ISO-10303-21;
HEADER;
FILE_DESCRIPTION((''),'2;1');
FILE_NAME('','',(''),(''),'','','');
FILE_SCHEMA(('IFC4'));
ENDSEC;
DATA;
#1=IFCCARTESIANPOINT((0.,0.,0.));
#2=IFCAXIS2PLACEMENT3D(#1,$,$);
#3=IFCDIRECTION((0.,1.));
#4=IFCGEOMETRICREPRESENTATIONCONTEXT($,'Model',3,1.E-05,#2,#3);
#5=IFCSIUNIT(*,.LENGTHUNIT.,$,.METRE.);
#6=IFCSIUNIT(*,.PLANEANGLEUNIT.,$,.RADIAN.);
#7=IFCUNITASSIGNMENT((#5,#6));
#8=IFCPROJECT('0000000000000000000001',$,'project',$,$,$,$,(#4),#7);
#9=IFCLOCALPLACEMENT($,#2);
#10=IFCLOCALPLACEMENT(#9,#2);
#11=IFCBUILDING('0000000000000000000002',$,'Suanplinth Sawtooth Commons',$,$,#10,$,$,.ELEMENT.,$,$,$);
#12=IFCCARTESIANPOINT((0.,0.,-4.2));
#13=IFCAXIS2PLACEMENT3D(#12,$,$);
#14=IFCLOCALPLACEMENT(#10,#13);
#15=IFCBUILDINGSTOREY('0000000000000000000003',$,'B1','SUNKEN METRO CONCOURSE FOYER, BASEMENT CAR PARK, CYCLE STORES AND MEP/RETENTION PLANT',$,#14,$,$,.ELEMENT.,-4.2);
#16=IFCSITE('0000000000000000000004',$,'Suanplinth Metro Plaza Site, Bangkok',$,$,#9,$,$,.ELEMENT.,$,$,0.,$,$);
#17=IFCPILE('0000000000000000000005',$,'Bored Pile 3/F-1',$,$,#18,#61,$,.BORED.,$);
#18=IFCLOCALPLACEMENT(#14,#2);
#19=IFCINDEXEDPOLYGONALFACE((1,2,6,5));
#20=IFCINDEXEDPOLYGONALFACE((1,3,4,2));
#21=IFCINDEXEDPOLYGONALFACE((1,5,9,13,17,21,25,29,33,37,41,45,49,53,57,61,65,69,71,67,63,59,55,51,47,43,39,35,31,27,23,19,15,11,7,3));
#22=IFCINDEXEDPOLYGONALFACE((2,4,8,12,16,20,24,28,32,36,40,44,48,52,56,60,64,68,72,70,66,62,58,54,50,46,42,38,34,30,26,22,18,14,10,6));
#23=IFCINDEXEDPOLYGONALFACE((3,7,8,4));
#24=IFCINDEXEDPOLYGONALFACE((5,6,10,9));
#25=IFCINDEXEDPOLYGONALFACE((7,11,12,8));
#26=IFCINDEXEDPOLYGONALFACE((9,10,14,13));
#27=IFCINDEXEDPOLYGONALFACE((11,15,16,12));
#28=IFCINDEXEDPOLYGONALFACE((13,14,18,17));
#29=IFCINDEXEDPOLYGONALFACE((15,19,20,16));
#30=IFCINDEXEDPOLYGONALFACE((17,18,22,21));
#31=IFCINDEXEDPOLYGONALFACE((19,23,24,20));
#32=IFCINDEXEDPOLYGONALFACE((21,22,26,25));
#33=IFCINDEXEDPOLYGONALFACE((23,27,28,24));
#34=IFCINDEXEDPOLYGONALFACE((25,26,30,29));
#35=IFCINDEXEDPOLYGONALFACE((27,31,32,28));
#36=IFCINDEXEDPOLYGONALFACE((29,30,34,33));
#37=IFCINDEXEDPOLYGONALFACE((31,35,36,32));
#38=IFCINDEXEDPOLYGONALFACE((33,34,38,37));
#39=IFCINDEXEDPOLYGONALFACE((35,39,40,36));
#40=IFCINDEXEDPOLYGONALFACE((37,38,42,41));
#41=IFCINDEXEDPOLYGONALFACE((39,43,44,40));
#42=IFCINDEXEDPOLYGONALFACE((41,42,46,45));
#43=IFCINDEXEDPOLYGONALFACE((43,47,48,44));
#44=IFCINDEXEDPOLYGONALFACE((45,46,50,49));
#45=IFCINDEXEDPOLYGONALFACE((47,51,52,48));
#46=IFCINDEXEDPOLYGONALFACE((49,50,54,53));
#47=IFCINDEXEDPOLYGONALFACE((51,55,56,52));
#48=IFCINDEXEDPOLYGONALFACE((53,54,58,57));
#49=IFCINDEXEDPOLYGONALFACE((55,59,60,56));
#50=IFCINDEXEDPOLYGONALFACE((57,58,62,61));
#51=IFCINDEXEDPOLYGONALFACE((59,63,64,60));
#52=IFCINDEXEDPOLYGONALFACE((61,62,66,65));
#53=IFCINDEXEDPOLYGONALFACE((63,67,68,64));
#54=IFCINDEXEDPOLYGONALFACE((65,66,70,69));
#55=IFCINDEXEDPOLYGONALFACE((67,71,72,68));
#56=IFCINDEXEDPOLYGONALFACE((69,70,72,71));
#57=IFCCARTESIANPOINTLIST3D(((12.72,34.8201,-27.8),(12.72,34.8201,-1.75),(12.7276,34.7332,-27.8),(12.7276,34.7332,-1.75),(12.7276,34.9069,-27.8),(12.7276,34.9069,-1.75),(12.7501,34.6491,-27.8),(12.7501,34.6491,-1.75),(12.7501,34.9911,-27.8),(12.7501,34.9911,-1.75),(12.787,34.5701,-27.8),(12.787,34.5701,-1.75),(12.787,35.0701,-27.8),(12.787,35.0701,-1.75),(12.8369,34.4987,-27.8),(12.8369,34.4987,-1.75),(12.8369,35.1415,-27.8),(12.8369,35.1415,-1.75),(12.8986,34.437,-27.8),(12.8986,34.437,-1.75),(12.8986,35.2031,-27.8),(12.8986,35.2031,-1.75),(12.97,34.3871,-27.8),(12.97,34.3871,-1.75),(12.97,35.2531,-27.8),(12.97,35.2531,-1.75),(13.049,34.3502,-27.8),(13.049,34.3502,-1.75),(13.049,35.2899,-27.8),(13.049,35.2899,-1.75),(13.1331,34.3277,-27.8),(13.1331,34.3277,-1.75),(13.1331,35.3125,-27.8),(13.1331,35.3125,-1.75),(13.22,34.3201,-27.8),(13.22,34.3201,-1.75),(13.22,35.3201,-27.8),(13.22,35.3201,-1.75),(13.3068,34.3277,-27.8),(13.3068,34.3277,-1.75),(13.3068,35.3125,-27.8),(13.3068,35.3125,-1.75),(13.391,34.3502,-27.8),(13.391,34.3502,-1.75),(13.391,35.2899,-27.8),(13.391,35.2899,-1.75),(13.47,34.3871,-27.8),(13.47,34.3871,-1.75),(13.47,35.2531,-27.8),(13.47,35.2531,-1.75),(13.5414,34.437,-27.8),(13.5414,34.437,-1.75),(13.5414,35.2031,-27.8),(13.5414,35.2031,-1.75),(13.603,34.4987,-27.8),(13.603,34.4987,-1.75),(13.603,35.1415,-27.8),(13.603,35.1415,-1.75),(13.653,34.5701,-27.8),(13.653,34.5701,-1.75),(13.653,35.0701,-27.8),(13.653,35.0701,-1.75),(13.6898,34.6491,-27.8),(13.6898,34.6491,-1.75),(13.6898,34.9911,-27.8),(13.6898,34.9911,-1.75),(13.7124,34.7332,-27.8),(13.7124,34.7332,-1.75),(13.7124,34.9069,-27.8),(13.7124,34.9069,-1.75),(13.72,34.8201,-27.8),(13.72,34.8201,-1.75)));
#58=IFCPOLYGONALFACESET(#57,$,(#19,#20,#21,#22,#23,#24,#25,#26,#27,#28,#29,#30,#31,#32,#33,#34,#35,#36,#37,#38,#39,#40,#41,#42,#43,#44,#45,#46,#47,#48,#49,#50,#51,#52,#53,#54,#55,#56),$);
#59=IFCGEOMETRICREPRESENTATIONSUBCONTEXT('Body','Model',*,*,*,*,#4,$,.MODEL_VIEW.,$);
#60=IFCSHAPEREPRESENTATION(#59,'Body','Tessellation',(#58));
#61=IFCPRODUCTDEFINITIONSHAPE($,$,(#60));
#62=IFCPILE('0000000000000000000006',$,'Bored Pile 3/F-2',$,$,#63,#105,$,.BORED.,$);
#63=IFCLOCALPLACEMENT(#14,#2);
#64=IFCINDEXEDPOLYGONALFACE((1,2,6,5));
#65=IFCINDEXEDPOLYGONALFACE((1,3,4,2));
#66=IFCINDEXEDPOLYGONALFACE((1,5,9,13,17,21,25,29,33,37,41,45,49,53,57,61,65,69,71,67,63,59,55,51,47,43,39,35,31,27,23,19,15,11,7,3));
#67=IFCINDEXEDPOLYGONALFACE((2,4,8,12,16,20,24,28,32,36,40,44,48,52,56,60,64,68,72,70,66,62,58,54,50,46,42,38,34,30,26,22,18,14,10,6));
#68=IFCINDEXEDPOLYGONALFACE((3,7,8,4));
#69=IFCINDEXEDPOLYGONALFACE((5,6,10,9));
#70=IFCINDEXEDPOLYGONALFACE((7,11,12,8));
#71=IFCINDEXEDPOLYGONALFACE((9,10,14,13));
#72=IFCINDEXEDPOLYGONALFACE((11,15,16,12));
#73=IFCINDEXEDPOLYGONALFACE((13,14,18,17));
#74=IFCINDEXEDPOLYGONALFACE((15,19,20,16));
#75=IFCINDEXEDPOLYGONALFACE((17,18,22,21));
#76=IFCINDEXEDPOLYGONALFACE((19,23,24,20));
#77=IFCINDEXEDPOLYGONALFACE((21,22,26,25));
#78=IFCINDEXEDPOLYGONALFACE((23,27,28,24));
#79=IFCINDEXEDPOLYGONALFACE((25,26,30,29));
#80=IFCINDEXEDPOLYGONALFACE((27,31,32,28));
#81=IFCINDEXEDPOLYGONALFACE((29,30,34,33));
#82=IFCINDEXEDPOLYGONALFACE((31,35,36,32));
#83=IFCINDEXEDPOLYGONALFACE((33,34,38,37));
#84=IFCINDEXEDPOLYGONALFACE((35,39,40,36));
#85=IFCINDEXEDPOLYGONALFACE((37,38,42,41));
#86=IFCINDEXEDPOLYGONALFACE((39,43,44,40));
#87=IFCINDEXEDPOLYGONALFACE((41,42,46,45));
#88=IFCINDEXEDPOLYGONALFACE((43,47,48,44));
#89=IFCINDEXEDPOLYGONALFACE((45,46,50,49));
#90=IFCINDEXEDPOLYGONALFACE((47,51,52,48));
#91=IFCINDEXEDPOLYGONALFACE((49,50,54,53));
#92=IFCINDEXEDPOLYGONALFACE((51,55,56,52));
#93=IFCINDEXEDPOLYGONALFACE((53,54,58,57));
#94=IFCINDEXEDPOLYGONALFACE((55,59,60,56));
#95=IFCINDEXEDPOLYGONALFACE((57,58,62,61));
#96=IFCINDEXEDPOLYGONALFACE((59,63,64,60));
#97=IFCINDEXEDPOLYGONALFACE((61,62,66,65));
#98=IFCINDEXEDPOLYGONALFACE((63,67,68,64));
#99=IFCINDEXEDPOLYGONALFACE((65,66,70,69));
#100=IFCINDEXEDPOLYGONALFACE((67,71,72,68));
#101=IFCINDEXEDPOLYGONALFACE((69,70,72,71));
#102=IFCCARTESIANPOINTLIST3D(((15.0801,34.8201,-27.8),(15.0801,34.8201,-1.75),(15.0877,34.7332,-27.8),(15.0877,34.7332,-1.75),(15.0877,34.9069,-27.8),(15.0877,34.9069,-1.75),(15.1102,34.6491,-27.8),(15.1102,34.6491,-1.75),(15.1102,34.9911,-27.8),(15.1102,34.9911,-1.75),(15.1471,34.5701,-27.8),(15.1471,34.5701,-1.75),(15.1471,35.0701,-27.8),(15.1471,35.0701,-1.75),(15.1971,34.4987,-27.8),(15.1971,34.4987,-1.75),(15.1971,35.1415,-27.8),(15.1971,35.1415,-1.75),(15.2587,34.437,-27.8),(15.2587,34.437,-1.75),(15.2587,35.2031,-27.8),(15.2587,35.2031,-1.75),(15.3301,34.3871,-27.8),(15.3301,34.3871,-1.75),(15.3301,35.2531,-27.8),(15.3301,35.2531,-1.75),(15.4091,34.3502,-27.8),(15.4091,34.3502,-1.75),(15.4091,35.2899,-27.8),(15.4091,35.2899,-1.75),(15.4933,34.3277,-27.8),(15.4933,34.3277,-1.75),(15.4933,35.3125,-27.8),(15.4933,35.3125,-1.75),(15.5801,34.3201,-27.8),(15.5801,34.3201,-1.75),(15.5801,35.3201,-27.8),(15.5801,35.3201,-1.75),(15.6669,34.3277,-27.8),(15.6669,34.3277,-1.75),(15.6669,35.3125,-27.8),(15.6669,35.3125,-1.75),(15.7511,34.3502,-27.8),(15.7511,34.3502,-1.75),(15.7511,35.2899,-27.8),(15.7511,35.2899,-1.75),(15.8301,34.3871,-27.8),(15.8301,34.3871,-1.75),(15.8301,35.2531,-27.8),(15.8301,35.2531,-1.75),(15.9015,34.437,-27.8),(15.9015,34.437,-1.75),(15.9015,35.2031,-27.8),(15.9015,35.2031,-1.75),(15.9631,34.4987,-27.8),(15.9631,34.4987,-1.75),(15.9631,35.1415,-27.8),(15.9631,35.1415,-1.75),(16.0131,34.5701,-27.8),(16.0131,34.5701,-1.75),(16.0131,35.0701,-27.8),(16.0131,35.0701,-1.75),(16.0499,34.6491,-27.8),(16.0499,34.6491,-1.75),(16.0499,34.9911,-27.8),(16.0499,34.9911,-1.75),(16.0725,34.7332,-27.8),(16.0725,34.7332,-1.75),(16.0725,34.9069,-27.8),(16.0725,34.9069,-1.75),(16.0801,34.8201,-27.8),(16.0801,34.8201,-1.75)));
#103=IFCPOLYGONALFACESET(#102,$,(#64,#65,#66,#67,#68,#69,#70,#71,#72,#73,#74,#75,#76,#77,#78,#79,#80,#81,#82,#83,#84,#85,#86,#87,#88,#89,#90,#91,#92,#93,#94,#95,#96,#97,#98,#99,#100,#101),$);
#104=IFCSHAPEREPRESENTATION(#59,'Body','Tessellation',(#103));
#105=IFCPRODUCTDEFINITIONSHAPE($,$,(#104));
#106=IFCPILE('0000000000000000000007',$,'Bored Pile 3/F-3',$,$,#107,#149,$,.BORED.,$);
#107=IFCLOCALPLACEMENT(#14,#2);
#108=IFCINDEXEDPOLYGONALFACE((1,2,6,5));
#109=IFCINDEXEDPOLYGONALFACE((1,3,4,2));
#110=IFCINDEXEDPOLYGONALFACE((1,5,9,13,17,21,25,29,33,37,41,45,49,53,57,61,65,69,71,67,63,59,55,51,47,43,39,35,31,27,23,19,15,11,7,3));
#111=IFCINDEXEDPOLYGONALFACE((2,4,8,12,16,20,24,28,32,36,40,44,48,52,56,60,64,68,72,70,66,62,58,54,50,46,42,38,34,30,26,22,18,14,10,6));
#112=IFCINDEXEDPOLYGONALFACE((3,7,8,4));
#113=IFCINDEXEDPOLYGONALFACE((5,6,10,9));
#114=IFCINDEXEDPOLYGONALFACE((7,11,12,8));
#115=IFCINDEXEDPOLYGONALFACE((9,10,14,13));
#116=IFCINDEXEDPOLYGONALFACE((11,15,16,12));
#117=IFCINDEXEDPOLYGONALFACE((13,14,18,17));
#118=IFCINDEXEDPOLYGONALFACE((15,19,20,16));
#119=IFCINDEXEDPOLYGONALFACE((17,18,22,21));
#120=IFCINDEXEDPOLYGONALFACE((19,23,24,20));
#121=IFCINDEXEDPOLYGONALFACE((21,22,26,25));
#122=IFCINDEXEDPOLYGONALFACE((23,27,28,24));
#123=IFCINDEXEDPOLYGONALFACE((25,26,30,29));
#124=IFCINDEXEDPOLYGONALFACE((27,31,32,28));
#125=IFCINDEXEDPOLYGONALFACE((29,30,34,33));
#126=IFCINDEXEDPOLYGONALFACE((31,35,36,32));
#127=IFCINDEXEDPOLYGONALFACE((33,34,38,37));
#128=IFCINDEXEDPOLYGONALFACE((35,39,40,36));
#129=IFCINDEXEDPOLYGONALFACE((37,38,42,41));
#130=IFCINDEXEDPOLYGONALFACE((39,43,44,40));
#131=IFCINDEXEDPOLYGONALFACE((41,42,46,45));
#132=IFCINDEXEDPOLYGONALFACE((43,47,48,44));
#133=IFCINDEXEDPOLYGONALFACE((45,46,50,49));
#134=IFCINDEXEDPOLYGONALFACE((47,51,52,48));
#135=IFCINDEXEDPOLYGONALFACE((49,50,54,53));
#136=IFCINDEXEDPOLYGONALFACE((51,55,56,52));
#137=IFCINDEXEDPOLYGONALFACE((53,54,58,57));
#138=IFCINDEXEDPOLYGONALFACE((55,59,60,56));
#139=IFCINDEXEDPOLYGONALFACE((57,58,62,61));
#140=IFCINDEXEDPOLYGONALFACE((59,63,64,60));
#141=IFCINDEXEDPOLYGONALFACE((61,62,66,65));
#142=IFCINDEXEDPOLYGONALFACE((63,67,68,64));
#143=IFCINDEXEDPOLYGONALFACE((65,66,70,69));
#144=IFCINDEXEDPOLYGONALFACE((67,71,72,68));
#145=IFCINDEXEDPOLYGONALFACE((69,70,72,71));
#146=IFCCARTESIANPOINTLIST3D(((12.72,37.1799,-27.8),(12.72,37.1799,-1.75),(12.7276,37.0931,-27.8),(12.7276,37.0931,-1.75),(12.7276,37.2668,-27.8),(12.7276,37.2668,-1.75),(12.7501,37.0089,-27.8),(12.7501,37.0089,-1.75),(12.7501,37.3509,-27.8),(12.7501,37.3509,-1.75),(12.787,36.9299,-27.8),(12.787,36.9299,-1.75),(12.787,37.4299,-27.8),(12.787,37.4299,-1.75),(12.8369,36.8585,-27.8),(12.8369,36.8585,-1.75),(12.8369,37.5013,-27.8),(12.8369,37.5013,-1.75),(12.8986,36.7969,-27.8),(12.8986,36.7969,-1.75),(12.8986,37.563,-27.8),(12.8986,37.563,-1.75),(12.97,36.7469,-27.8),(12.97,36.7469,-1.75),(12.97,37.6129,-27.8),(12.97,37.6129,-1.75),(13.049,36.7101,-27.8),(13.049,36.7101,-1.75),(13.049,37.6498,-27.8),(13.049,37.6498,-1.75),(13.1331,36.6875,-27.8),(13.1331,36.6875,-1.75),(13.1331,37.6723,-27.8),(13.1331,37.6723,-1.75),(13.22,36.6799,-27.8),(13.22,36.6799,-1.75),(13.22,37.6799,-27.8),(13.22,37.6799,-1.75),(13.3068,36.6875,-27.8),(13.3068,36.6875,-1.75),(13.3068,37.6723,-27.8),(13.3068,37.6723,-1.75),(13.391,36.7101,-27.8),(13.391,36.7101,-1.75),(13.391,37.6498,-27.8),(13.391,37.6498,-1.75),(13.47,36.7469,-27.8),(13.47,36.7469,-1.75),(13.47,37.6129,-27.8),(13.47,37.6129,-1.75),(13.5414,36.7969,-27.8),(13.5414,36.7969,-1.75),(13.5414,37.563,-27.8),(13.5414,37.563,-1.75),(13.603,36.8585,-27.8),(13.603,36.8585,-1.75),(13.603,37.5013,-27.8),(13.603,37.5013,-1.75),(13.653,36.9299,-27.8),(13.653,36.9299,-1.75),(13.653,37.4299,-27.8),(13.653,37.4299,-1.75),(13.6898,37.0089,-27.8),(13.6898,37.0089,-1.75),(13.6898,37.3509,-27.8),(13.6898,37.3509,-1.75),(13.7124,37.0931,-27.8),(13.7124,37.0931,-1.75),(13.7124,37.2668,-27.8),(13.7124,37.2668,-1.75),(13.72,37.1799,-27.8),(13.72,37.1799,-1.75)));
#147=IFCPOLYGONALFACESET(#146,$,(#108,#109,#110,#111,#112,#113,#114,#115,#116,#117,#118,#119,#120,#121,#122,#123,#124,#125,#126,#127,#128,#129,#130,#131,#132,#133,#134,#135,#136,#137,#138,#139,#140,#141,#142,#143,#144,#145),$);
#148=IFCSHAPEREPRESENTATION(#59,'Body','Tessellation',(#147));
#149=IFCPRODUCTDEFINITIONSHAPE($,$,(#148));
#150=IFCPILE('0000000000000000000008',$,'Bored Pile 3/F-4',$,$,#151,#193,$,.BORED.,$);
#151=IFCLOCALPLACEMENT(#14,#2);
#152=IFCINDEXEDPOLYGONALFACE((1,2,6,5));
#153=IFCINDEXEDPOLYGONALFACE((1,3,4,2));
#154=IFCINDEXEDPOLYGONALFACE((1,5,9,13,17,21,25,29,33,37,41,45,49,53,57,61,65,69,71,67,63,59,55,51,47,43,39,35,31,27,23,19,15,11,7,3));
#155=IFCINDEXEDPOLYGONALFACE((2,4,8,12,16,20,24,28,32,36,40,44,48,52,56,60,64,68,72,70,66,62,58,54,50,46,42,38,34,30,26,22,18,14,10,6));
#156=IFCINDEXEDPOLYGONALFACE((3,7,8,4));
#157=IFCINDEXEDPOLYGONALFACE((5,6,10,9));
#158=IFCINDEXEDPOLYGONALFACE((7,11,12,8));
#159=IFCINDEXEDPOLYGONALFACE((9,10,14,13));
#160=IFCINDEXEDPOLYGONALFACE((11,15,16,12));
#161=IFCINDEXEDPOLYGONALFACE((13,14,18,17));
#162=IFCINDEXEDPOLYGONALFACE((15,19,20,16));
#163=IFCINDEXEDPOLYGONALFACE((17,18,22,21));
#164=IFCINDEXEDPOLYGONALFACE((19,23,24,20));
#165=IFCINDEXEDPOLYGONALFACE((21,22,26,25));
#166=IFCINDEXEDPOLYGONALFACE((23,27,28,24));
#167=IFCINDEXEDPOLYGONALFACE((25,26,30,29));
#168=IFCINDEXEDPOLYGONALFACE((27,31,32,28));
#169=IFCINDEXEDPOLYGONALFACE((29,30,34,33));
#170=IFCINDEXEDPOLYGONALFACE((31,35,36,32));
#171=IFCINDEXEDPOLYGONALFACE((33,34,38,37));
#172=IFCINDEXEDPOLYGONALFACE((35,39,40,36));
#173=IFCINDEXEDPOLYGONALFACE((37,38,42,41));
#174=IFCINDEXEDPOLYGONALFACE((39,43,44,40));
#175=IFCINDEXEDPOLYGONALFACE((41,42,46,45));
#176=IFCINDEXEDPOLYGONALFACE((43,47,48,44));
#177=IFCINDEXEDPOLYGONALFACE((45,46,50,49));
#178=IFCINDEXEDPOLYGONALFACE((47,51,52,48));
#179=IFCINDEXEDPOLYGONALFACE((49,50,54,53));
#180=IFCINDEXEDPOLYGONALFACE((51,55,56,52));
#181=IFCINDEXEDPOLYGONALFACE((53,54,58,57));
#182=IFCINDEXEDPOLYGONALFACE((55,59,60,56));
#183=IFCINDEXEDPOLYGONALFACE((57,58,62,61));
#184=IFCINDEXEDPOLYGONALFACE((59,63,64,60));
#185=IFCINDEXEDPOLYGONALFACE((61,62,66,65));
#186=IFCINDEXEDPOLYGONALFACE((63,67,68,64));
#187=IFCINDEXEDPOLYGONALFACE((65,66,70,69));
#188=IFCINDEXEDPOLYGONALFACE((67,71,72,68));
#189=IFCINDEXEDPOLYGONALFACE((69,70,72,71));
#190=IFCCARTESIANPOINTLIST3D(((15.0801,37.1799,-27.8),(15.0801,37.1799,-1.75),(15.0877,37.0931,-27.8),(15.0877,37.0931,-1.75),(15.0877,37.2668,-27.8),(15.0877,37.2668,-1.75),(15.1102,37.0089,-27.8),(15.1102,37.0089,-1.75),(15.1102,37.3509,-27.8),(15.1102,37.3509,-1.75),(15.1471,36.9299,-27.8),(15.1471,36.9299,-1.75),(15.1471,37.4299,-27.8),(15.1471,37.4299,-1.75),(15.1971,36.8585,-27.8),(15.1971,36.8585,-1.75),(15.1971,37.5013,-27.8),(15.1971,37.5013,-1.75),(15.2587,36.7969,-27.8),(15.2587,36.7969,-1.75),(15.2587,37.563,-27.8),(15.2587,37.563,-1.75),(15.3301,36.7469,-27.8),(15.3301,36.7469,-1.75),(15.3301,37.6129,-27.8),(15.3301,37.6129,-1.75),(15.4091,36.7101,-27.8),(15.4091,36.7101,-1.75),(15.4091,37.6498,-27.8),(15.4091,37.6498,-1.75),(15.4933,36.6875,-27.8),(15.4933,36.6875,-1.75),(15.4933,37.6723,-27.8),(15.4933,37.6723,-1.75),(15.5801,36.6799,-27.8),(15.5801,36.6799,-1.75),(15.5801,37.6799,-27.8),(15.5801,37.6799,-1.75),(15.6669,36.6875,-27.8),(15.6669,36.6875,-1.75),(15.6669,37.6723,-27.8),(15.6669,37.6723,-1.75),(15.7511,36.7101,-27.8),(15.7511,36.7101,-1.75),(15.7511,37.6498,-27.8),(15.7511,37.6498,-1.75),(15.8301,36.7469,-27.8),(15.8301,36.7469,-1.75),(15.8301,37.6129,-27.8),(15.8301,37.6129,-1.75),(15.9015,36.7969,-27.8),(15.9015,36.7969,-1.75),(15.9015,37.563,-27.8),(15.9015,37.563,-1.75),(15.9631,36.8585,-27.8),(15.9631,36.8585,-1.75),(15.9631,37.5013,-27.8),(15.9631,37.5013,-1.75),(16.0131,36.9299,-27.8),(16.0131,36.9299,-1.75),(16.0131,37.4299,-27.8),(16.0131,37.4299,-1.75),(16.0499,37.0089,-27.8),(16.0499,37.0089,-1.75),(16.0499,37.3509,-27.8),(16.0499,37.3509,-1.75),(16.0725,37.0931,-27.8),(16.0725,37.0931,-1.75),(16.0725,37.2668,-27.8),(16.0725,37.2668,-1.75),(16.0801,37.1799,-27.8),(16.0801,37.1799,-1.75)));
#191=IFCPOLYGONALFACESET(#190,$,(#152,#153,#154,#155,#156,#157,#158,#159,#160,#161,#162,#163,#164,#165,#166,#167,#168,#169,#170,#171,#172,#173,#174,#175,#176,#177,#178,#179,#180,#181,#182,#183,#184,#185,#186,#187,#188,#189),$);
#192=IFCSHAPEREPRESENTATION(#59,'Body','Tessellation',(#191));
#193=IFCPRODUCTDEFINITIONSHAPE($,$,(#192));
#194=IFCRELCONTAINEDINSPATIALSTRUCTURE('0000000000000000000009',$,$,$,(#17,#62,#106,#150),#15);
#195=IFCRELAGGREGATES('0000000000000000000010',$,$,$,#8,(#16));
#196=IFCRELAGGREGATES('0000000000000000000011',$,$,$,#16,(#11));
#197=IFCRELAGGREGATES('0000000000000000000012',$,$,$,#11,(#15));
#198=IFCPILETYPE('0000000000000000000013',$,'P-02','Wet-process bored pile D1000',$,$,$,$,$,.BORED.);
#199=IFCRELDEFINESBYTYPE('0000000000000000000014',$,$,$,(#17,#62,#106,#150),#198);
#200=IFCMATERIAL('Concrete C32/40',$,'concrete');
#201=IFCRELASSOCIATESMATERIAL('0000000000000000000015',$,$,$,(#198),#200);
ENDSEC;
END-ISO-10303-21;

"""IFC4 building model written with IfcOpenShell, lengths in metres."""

from ifc_helpers import new_model, si_unit, direction, frame, origin, origin_2d, place, context, subcontext, project, spatial, circle, extrude, material, material_profile, profile_set, type_object, element, save


model = new_model("IFC4")

# Units and contexts
model_context = context("Model", 3, precision=1e-05, world=origin(), true_north=direction((0.0, 1.0)))
body_context = subcontext(model_context, "Body", "Model", "MODEL_VIEW")
ifc_project = project(units=[si_unit("LENGTHUNIT", "METRE"), si_unit("PLANEANGLEUNIT", "RADIAN")], contexts=[model_context])

# Site, building, storey
site_placement = place(None, origin())
site = spatial("IfcSite", under=ifc_project, at=site_placement, Name="Suanplinth Metro Plaza Site, Bangkok", CompositionType="ELEMENT", RefElevation=0.0)
building_placement = place(site_placement, origin())
building = spatial("IfcBuilding", under=site, at=building_placement, Name="Suanplinth Sawtooth Commons", CompositionType="ELEMENT")
storey_placement = place(building_placement, frame((0.0, 0.0, -4.2)))
storey = spatial("IfcBuildingStorey", under=building, at=storey_placement, Name="B1", Description="SUNKEN METRO CONCOURSE FOYER, BASEMENT CAR PARK, CYCLE STORES AND MEP/RETENTION PLANT", CompositionType="ELEMENT", Elevation=-4.2)

# Piles
ifc_material_1 = material(Name="Concrete C32/40", Category="concrete")
ifc_material_profile_1 = material_profile(ifc_material_1, circle(Radius=0.5, at=origin_2d()), Name="PILE D1000")
ifc_profile_set_1 = profile_set([ifc_material_profile_1], Name="Concrete C32/40")
pile_type = type_object("IfcPileType", Name="P-02", Description="Wet-process bored pile D1000", PredefinedType="BORED", material=ifc_profile_set_1)
for number, where, z_axis, x_axis, name in (
    (1, (13.22, 34.8201, -1.75), (0.0, 0.0, -1.0), (1.0, 0.0, 0.0), "Bored Pile 3/F-1"),
    (2, (15.5801, 34.8201, -1.75), (0.0, 0.0, -1.0), (1.0, 0.0, 0.0), "Bored Pile 3/F-2"),
    (3, (13.22, 37.1799, -1.75), (0.0, 0.0, -1.0), (1.0, 0.0, 0.0), "Bored Pile 3/F-3"),
    (4, (15.5801, 37.1799, -1.75), (0.0, 0.0, -1.0), (1.0, 0.0, 0.0), "Bored Pile 3/F-4"),
):
    element("IfcPile", number, at=place(storey_placement, frame(where, z_axis=z_axis, x_axis=x_axis)), inside=storey, type_object=pile_type, Name=name, PredefinedType="BORED", context=body_context, shape_type="SweptSolid", body=[
        extrude(circle(Radius=0.5, at=origin_2d()), origin(), (0.0, 0.0, 1.0), 26.05),
    ])

save(model, "model.ifc")
